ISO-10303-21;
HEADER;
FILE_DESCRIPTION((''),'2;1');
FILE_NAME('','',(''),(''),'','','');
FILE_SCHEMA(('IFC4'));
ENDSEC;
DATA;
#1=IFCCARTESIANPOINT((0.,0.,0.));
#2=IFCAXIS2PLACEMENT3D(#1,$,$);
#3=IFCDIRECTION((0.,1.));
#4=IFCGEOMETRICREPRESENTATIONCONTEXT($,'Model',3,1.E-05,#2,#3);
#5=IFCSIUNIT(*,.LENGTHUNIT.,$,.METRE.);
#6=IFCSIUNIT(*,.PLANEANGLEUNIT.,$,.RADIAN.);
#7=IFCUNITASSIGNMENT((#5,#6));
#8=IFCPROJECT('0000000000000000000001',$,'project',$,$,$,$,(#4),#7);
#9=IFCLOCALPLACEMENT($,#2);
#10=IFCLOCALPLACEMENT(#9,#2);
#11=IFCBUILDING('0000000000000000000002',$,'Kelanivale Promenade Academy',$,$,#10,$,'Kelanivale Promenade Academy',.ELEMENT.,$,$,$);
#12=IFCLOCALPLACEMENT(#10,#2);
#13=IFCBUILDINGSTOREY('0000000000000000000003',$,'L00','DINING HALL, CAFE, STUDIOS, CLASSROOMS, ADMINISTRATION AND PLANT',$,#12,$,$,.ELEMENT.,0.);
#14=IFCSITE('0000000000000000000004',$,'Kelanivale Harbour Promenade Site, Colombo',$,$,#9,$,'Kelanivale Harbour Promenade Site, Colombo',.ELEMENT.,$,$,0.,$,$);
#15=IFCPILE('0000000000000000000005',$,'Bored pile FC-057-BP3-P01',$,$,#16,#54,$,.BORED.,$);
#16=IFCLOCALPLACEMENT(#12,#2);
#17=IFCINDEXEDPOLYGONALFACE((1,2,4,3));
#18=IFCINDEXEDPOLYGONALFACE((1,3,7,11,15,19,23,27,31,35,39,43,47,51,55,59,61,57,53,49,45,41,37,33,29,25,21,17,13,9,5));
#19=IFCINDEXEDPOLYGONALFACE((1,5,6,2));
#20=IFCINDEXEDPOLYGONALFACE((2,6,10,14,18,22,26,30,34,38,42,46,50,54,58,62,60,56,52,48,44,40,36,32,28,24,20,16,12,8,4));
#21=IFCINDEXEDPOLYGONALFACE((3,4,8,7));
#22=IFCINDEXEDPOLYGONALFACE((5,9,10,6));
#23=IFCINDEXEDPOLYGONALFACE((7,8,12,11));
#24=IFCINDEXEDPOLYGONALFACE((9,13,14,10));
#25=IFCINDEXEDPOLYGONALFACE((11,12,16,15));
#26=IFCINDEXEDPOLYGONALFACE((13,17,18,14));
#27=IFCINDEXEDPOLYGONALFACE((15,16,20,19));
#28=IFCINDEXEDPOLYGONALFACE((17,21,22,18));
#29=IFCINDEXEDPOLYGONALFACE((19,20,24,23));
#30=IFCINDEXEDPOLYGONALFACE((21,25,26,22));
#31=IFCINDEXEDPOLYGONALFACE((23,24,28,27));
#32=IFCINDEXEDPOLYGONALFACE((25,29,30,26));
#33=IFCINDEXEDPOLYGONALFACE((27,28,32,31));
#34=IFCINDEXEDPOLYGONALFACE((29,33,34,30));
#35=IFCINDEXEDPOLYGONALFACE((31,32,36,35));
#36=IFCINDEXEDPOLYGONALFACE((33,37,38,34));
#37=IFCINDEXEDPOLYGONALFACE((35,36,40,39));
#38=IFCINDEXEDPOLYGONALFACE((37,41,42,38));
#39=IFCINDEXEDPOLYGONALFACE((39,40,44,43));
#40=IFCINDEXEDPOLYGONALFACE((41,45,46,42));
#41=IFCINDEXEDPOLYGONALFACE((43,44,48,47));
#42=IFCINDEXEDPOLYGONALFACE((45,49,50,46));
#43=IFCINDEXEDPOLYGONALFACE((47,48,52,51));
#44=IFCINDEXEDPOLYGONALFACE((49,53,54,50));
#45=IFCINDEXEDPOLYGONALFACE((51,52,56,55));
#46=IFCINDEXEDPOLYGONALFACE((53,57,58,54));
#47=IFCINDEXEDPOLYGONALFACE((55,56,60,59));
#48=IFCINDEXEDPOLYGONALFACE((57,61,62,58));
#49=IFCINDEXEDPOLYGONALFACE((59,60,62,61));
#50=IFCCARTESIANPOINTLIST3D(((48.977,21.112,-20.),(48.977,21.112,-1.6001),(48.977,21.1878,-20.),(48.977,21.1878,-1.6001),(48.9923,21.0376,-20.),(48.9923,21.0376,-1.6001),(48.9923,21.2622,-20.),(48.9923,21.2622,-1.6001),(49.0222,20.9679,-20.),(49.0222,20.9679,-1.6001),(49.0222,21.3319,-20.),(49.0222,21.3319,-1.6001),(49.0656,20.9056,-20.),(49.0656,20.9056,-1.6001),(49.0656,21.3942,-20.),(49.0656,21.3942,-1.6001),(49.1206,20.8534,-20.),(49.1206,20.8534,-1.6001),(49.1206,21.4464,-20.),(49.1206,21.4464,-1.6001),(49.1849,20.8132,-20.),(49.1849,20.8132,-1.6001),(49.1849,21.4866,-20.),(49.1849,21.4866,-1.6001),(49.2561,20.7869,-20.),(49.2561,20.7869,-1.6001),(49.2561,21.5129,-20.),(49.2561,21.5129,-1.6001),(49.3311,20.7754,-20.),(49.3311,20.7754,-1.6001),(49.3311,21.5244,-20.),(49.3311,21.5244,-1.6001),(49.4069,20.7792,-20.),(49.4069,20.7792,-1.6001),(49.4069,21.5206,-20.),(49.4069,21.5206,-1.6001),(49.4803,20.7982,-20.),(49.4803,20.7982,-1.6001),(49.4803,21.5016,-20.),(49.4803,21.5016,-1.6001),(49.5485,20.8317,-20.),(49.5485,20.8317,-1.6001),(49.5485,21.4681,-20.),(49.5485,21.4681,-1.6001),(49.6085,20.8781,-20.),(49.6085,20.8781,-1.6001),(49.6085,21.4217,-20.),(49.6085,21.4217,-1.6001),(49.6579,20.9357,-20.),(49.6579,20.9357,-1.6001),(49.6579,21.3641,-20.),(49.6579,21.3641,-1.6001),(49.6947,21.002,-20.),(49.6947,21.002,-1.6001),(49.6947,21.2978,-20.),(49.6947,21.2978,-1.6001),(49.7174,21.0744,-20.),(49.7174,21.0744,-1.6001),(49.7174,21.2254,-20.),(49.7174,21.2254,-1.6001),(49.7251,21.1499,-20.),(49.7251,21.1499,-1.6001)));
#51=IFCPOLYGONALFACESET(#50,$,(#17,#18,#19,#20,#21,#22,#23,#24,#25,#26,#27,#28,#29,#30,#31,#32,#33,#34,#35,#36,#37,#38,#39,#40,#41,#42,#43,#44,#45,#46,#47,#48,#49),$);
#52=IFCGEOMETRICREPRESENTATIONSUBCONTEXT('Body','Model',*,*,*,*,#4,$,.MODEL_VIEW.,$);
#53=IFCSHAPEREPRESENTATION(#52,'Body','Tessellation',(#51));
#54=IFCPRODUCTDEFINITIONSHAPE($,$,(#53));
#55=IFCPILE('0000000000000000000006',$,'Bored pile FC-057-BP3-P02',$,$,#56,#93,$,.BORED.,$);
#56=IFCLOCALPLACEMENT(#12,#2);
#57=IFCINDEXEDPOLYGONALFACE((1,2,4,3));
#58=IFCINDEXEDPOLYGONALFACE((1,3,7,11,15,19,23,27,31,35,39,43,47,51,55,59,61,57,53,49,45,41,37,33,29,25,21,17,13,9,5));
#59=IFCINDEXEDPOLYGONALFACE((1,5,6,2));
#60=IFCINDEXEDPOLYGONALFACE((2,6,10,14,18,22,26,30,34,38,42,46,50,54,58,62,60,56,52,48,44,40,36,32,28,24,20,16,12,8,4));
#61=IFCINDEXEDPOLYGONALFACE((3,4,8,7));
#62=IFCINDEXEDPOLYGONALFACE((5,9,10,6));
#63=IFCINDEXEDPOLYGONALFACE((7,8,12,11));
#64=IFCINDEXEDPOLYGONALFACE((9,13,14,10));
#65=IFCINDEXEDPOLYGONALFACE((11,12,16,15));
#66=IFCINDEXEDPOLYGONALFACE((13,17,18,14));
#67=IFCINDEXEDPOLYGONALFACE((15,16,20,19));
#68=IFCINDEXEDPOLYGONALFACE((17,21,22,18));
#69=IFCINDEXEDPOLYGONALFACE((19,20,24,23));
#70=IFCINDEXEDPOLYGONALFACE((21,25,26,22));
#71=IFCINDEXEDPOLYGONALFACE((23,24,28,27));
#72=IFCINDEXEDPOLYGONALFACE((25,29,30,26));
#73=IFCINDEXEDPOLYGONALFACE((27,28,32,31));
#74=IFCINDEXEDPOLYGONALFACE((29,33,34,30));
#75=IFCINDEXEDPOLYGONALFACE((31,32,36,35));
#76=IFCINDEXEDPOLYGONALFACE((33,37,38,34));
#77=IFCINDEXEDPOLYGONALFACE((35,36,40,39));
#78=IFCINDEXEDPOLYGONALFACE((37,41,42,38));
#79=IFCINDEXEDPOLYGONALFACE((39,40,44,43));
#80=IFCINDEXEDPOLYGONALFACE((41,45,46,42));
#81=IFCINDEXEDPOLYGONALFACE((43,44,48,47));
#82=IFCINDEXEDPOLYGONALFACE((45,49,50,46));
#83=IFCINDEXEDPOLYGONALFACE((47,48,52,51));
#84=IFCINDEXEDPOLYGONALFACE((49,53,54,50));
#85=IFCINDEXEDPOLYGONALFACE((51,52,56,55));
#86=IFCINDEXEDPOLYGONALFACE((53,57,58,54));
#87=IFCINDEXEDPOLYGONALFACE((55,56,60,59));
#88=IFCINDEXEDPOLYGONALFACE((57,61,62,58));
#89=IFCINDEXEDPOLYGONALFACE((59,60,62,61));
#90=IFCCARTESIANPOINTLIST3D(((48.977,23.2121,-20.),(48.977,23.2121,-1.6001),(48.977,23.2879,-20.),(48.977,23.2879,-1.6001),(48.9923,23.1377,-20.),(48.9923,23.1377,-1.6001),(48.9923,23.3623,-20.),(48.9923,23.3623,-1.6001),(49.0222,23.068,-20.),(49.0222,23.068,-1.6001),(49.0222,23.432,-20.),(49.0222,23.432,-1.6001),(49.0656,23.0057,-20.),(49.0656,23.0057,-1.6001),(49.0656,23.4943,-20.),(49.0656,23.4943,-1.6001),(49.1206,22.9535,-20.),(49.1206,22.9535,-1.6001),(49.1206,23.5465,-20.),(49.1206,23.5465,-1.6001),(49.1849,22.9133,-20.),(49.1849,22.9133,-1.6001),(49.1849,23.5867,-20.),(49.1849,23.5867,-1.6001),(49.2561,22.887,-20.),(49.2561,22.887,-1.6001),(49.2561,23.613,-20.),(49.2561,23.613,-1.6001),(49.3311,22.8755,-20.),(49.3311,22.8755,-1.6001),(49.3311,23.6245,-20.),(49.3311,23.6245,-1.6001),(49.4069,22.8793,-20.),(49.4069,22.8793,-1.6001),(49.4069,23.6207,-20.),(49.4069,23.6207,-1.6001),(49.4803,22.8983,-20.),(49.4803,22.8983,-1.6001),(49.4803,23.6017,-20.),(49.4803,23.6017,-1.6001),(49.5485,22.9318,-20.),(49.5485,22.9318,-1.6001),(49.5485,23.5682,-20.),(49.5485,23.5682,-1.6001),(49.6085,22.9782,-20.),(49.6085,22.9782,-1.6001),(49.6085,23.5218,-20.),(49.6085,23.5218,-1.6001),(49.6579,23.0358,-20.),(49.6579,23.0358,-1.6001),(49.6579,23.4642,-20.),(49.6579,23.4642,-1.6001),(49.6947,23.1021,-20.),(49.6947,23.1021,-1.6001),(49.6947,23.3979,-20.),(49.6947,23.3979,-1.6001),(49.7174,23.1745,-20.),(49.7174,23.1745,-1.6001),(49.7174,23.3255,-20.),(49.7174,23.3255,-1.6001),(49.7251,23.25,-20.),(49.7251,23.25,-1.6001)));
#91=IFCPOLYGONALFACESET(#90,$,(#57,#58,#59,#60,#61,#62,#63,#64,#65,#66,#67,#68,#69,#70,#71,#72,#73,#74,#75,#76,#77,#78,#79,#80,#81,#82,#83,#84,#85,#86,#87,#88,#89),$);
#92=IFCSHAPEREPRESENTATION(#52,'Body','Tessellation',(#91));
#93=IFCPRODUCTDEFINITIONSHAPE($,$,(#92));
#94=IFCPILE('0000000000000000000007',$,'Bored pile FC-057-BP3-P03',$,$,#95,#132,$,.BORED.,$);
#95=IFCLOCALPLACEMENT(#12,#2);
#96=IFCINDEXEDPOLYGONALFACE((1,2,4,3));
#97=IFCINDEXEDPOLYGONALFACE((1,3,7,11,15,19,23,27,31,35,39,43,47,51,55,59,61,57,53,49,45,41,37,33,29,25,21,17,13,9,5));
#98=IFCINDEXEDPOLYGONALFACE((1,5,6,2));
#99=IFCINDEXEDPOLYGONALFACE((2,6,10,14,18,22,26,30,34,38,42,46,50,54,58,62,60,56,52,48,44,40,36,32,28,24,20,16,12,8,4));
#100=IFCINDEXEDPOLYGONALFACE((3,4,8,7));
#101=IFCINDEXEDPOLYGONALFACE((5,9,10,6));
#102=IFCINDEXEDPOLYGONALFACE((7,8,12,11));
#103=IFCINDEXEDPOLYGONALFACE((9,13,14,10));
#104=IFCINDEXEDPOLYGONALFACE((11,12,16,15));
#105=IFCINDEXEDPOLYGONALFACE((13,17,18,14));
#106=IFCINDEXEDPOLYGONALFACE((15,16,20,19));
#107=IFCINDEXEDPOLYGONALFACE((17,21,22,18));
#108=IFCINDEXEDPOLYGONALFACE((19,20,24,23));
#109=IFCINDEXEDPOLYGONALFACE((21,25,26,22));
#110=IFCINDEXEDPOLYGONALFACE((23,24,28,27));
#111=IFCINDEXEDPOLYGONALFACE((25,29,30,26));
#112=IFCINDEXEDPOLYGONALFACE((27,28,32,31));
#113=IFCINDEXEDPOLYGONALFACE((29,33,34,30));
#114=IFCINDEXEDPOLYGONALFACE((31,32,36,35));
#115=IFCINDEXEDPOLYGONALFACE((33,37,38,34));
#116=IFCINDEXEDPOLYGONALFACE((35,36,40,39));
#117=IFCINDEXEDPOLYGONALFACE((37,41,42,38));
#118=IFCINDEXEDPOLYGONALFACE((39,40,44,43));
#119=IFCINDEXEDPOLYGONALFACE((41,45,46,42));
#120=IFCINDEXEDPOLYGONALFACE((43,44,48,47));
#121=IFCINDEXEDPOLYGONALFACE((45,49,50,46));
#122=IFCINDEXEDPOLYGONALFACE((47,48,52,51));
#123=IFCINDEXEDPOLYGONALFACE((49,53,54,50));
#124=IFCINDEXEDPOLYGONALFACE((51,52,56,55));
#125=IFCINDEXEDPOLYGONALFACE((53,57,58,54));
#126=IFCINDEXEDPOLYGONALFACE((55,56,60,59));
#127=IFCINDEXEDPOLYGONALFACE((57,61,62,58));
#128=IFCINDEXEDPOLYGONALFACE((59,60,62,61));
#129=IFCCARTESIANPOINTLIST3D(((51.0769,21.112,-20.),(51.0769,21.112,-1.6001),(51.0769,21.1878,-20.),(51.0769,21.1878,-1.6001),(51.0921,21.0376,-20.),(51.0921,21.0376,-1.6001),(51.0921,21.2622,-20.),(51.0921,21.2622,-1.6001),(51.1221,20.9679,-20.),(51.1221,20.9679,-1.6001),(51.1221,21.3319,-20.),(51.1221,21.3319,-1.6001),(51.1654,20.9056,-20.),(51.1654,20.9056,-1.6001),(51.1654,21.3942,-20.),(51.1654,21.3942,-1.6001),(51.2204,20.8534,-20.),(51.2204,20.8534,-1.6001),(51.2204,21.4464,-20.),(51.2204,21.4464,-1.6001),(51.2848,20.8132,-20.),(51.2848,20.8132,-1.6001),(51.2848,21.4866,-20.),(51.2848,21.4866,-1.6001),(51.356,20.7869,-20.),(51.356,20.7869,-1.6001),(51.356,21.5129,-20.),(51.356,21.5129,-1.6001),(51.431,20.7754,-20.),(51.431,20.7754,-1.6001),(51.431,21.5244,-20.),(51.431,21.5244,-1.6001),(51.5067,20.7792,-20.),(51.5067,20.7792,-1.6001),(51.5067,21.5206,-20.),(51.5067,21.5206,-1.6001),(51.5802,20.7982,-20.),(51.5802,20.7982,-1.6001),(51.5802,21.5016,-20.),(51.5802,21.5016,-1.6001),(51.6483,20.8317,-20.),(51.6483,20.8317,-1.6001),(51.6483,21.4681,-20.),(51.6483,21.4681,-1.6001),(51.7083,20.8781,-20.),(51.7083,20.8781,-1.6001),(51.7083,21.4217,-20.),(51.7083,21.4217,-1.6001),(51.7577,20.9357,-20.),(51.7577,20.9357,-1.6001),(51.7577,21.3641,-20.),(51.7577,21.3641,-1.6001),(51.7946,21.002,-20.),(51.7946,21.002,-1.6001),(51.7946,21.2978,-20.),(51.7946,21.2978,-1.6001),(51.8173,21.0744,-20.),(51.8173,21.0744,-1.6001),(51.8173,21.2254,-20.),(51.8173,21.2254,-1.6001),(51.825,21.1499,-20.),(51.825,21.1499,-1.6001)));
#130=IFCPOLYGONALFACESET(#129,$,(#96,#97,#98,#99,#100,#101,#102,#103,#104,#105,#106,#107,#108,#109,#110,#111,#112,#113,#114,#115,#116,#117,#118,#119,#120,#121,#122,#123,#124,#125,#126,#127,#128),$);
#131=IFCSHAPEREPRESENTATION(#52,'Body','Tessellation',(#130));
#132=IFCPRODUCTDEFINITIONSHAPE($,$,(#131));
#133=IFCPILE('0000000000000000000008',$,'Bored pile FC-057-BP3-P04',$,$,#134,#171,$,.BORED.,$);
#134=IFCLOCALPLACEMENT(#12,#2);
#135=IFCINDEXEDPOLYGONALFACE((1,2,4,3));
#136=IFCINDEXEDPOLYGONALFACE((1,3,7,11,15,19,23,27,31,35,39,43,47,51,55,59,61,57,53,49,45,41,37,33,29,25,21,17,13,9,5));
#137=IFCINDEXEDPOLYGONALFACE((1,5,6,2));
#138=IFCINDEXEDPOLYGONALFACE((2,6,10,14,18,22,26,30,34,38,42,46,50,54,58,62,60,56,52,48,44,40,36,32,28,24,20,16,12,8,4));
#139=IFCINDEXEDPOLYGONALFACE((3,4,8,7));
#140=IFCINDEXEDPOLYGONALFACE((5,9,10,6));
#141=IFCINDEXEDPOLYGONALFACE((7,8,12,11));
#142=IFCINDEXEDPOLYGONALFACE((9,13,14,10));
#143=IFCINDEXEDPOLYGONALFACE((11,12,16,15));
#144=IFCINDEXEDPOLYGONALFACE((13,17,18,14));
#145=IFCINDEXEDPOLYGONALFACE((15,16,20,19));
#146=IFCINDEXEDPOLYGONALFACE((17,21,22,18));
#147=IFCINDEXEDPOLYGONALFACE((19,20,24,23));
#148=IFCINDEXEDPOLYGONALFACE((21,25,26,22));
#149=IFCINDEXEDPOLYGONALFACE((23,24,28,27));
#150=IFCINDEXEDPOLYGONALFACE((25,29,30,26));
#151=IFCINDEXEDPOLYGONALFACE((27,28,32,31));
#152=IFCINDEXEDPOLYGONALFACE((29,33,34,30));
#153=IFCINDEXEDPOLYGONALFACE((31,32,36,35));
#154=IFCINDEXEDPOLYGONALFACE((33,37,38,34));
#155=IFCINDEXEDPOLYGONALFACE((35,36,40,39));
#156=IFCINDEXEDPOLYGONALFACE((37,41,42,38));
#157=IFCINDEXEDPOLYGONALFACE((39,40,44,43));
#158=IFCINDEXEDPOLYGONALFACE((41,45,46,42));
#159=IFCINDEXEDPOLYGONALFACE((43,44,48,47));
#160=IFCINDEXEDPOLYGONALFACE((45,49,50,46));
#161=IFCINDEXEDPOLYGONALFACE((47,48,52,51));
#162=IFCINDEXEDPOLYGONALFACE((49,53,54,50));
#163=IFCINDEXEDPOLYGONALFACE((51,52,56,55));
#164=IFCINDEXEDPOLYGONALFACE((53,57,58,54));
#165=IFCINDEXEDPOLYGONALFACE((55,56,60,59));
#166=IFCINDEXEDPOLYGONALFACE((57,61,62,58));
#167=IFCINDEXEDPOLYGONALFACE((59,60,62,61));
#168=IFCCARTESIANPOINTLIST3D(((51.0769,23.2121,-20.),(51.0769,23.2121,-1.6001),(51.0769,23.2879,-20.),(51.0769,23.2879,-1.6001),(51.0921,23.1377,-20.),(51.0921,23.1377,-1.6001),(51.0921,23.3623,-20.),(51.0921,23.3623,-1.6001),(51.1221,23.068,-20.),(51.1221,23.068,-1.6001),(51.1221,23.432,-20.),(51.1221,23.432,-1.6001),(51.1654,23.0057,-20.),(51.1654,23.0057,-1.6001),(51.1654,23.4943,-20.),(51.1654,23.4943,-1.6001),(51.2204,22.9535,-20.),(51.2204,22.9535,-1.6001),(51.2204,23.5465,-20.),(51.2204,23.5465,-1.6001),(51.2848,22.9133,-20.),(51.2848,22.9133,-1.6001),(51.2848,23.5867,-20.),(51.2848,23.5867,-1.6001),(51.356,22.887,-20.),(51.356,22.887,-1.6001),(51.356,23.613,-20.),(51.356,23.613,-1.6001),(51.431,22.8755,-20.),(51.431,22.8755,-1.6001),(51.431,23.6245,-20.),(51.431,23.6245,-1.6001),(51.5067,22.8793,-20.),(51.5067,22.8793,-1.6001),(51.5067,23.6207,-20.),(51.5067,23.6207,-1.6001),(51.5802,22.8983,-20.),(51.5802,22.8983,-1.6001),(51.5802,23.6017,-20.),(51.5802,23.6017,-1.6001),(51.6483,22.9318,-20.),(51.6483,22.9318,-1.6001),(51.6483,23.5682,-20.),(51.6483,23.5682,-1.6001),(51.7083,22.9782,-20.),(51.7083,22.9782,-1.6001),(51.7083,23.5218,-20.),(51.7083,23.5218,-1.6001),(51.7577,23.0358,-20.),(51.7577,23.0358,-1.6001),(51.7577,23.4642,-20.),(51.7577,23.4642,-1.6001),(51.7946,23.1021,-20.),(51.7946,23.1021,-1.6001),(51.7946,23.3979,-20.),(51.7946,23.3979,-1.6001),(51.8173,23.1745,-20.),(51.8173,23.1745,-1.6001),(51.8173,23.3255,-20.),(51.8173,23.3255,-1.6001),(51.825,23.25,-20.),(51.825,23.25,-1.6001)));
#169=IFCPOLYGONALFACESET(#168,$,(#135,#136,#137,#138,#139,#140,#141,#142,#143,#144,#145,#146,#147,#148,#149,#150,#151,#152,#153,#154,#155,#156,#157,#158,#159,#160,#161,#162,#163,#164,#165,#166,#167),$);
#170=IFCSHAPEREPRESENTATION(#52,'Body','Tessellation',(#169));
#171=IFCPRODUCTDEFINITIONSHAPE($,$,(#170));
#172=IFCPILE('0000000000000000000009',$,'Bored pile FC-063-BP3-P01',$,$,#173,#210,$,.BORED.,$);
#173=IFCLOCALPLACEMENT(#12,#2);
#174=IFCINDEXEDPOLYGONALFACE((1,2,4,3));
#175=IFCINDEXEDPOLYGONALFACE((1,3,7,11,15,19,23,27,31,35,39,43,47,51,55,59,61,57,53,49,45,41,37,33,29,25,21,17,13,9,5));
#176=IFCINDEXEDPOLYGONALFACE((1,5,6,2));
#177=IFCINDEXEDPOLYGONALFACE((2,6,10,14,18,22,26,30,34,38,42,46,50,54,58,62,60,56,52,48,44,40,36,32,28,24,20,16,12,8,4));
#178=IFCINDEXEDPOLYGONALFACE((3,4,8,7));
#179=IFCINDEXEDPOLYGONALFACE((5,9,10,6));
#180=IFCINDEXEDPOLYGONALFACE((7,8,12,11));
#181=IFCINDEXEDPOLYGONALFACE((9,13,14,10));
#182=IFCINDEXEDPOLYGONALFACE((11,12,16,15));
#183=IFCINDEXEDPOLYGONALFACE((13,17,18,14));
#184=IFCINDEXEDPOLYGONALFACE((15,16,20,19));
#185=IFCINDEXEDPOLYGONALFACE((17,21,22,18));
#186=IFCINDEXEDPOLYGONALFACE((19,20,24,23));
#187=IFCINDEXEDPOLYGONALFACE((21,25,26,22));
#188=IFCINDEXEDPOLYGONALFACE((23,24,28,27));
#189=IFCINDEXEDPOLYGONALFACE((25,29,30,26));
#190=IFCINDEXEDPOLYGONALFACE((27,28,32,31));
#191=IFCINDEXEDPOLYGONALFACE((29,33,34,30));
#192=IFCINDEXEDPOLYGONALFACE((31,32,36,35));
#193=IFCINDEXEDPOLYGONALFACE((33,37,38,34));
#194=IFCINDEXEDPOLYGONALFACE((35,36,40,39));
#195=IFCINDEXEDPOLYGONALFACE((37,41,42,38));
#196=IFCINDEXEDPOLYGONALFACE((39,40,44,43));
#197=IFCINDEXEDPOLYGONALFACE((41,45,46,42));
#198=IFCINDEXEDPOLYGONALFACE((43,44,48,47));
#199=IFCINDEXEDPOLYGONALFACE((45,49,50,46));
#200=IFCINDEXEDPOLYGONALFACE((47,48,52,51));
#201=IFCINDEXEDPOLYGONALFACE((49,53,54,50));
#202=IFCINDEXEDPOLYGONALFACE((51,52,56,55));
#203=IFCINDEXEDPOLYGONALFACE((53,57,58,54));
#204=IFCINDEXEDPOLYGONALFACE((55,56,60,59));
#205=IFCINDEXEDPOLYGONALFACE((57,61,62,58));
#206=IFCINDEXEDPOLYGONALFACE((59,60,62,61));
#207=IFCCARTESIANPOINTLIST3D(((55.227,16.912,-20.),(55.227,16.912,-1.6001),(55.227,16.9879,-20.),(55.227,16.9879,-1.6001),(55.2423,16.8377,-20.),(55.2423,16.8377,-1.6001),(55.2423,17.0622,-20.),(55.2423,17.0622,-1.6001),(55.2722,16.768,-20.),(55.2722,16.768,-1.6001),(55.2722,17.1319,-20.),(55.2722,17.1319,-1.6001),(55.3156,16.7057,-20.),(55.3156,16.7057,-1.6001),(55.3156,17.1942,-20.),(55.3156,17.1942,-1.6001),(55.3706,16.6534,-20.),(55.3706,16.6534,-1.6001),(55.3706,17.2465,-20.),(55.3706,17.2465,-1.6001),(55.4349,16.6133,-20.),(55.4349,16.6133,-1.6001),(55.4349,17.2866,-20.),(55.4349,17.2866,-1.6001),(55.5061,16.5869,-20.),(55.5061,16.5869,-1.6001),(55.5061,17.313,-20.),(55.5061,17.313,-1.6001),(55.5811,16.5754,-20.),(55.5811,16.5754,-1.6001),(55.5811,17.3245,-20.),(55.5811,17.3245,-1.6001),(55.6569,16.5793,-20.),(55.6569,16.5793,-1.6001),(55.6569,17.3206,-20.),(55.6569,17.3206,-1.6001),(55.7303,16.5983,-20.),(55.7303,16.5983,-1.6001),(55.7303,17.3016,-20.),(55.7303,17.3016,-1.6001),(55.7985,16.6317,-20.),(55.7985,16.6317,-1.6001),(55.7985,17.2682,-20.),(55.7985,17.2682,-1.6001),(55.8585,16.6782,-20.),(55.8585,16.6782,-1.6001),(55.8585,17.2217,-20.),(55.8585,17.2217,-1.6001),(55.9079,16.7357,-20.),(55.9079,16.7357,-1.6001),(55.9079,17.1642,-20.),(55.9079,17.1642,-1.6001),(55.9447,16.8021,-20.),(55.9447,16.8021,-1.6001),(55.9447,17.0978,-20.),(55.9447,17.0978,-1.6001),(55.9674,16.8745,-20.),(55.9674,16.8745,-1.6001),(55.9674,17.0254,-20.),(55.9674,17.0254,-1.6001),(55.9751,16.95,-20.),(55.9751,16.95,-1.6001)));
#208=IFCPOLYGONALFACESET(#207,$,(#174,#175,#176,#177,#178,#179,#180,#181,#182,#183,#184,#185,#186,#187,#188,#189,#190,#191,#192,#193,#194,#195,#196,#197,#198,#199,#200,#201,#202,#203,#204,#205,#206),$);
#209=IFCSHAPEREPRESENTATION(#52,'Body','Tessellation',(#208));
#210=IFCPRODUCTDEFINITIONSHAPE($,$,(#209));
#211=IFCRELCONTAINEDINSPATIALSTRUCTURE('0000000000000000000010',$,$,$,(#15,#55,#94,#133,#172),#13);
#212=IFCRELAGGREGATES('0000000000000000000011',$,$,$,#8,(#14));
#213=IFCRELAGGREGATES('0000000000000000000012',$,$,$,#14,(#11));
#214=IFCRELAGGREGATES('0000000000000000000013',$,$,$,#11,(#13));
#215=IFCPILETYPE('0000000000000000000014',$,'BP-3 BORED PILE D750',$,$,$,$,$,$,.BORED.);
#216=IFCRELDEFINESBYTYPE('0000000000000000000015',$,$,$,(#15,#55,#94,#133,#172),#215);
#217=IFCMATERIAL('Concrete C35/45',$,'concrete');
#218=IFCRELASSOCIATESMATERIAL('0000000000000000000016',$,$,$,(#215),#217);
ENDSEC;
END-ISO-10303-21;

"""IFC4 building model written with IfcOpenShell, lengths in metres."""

from ifc_helpers import new_model, si_unit, direction, frame, origin, origin_2d, place, context, subcontext, project, spatial, circle, extrude, material, material_profile, profile_set, type_object, element, save


model = new_model("IFC4")

# Units and contexts
model_context = context("Model", 3, precision=1e-05, world=origin(), true_north=direction((0.0, 1.0)))
body_context = subcontext(model_context, "Body", "Model", "MODEL_VIEW")
ifc_project = project(units=[si_unit("LENGTHUNIT", "METRE"), si_unit("PLANEANGLEUNIT", "RADIAN")], contexts=[model_context])

# Site, building, storey
site_placement = place(None, origin())
site = spatial("IfcSite", under=ifc_project, at=site_placement, Name="Kelanivale Harbour Promenade Site, Colombo", LongName="Kelanivale Harbour Promenade Site, Colombo", CompositionType="ELEMENT", RefElevation=0.0)
building_placement = place(site_placement, origin())
building = spatial("IfcBuilding", under=site, at=building_placement, Name="Kelanivale Promenade Academy", LongName="Kelanivale Promenade Academy", CompositionType="ELEMENT")
storey_placement = place(building_placement, origin())
storey = spatial("IfcBuildingStorey", under=building, at=storey_placement, Name="L00", Description="DINING HALL, CAFE, STUDIOS, CLASSROOMS, ADMINISTRATION AND PLANT", CompositionType="ELEMENT", Elevation=0.0)

# Piles
ifc_material_1 = material(Name="Concrete C35/45", Category="concrete")
ifc_material_profile_1 = material_profile(ifc_material_1, circle(Radius=0.375, at=origin_2d()), Name="BORED PILE D750")
ifc_profile_set_1 = profile_set([ifc_material_profile_1], Name="Concrete C35/45")
pile_type = type_object("IfcPileType", Name="BP-3 BORED PILE D750", PredefinedType="BORED", material=ifc_profile_set_1)
for number, where, z_axis, x_axis, name in (
    (1, (49.3501, 21.1499, -1.6001), (0.0, 0.0, -1.0), (1.0, 0.0, 0.0), "Bored pile FC-057-BP3-P01"),
    (2, (49.3501, 23.25, -1.6001), (0.0, 0.0, -1.0), (1.0, 0.0, 0.0), "Bored pile FC-057-BP3-P02"),
    (3, (51.45, 21.1499, -1.6001), (0.0, 0.0, -1.0), (1.0, 0.0, 0.0), "Bored pile FC-057-BP3-P03"),
    (4, (51.45, 23.25, -1.6001), (0.0, 0.0, -1.0), (1.0, 0.0, 0.0), "Bored pile FC-057-BP3-P04"),
    (5, (55.6001, 16.95, -1.6001), (0.0, 0.0, -1.0), (1.0, 0.0, 0.0), "Bored pile FC-063-BP3-P01"),
):
    element("IfcPile", number, at=place(storey_placement, frame(where, z_axis=z_axis, x_axis=x_axis)), inside=storey, type_object=pile_type, Name=name, PredefinedType="BORED", context=body_context, shape_type="SweptSolid", body=[
        extrude(circle(Radius=0.375, at=origin_2d()), origin(), (0.0, 0.0, 1.0), 18.3999),
    ])

save(model, "model.ifc")
